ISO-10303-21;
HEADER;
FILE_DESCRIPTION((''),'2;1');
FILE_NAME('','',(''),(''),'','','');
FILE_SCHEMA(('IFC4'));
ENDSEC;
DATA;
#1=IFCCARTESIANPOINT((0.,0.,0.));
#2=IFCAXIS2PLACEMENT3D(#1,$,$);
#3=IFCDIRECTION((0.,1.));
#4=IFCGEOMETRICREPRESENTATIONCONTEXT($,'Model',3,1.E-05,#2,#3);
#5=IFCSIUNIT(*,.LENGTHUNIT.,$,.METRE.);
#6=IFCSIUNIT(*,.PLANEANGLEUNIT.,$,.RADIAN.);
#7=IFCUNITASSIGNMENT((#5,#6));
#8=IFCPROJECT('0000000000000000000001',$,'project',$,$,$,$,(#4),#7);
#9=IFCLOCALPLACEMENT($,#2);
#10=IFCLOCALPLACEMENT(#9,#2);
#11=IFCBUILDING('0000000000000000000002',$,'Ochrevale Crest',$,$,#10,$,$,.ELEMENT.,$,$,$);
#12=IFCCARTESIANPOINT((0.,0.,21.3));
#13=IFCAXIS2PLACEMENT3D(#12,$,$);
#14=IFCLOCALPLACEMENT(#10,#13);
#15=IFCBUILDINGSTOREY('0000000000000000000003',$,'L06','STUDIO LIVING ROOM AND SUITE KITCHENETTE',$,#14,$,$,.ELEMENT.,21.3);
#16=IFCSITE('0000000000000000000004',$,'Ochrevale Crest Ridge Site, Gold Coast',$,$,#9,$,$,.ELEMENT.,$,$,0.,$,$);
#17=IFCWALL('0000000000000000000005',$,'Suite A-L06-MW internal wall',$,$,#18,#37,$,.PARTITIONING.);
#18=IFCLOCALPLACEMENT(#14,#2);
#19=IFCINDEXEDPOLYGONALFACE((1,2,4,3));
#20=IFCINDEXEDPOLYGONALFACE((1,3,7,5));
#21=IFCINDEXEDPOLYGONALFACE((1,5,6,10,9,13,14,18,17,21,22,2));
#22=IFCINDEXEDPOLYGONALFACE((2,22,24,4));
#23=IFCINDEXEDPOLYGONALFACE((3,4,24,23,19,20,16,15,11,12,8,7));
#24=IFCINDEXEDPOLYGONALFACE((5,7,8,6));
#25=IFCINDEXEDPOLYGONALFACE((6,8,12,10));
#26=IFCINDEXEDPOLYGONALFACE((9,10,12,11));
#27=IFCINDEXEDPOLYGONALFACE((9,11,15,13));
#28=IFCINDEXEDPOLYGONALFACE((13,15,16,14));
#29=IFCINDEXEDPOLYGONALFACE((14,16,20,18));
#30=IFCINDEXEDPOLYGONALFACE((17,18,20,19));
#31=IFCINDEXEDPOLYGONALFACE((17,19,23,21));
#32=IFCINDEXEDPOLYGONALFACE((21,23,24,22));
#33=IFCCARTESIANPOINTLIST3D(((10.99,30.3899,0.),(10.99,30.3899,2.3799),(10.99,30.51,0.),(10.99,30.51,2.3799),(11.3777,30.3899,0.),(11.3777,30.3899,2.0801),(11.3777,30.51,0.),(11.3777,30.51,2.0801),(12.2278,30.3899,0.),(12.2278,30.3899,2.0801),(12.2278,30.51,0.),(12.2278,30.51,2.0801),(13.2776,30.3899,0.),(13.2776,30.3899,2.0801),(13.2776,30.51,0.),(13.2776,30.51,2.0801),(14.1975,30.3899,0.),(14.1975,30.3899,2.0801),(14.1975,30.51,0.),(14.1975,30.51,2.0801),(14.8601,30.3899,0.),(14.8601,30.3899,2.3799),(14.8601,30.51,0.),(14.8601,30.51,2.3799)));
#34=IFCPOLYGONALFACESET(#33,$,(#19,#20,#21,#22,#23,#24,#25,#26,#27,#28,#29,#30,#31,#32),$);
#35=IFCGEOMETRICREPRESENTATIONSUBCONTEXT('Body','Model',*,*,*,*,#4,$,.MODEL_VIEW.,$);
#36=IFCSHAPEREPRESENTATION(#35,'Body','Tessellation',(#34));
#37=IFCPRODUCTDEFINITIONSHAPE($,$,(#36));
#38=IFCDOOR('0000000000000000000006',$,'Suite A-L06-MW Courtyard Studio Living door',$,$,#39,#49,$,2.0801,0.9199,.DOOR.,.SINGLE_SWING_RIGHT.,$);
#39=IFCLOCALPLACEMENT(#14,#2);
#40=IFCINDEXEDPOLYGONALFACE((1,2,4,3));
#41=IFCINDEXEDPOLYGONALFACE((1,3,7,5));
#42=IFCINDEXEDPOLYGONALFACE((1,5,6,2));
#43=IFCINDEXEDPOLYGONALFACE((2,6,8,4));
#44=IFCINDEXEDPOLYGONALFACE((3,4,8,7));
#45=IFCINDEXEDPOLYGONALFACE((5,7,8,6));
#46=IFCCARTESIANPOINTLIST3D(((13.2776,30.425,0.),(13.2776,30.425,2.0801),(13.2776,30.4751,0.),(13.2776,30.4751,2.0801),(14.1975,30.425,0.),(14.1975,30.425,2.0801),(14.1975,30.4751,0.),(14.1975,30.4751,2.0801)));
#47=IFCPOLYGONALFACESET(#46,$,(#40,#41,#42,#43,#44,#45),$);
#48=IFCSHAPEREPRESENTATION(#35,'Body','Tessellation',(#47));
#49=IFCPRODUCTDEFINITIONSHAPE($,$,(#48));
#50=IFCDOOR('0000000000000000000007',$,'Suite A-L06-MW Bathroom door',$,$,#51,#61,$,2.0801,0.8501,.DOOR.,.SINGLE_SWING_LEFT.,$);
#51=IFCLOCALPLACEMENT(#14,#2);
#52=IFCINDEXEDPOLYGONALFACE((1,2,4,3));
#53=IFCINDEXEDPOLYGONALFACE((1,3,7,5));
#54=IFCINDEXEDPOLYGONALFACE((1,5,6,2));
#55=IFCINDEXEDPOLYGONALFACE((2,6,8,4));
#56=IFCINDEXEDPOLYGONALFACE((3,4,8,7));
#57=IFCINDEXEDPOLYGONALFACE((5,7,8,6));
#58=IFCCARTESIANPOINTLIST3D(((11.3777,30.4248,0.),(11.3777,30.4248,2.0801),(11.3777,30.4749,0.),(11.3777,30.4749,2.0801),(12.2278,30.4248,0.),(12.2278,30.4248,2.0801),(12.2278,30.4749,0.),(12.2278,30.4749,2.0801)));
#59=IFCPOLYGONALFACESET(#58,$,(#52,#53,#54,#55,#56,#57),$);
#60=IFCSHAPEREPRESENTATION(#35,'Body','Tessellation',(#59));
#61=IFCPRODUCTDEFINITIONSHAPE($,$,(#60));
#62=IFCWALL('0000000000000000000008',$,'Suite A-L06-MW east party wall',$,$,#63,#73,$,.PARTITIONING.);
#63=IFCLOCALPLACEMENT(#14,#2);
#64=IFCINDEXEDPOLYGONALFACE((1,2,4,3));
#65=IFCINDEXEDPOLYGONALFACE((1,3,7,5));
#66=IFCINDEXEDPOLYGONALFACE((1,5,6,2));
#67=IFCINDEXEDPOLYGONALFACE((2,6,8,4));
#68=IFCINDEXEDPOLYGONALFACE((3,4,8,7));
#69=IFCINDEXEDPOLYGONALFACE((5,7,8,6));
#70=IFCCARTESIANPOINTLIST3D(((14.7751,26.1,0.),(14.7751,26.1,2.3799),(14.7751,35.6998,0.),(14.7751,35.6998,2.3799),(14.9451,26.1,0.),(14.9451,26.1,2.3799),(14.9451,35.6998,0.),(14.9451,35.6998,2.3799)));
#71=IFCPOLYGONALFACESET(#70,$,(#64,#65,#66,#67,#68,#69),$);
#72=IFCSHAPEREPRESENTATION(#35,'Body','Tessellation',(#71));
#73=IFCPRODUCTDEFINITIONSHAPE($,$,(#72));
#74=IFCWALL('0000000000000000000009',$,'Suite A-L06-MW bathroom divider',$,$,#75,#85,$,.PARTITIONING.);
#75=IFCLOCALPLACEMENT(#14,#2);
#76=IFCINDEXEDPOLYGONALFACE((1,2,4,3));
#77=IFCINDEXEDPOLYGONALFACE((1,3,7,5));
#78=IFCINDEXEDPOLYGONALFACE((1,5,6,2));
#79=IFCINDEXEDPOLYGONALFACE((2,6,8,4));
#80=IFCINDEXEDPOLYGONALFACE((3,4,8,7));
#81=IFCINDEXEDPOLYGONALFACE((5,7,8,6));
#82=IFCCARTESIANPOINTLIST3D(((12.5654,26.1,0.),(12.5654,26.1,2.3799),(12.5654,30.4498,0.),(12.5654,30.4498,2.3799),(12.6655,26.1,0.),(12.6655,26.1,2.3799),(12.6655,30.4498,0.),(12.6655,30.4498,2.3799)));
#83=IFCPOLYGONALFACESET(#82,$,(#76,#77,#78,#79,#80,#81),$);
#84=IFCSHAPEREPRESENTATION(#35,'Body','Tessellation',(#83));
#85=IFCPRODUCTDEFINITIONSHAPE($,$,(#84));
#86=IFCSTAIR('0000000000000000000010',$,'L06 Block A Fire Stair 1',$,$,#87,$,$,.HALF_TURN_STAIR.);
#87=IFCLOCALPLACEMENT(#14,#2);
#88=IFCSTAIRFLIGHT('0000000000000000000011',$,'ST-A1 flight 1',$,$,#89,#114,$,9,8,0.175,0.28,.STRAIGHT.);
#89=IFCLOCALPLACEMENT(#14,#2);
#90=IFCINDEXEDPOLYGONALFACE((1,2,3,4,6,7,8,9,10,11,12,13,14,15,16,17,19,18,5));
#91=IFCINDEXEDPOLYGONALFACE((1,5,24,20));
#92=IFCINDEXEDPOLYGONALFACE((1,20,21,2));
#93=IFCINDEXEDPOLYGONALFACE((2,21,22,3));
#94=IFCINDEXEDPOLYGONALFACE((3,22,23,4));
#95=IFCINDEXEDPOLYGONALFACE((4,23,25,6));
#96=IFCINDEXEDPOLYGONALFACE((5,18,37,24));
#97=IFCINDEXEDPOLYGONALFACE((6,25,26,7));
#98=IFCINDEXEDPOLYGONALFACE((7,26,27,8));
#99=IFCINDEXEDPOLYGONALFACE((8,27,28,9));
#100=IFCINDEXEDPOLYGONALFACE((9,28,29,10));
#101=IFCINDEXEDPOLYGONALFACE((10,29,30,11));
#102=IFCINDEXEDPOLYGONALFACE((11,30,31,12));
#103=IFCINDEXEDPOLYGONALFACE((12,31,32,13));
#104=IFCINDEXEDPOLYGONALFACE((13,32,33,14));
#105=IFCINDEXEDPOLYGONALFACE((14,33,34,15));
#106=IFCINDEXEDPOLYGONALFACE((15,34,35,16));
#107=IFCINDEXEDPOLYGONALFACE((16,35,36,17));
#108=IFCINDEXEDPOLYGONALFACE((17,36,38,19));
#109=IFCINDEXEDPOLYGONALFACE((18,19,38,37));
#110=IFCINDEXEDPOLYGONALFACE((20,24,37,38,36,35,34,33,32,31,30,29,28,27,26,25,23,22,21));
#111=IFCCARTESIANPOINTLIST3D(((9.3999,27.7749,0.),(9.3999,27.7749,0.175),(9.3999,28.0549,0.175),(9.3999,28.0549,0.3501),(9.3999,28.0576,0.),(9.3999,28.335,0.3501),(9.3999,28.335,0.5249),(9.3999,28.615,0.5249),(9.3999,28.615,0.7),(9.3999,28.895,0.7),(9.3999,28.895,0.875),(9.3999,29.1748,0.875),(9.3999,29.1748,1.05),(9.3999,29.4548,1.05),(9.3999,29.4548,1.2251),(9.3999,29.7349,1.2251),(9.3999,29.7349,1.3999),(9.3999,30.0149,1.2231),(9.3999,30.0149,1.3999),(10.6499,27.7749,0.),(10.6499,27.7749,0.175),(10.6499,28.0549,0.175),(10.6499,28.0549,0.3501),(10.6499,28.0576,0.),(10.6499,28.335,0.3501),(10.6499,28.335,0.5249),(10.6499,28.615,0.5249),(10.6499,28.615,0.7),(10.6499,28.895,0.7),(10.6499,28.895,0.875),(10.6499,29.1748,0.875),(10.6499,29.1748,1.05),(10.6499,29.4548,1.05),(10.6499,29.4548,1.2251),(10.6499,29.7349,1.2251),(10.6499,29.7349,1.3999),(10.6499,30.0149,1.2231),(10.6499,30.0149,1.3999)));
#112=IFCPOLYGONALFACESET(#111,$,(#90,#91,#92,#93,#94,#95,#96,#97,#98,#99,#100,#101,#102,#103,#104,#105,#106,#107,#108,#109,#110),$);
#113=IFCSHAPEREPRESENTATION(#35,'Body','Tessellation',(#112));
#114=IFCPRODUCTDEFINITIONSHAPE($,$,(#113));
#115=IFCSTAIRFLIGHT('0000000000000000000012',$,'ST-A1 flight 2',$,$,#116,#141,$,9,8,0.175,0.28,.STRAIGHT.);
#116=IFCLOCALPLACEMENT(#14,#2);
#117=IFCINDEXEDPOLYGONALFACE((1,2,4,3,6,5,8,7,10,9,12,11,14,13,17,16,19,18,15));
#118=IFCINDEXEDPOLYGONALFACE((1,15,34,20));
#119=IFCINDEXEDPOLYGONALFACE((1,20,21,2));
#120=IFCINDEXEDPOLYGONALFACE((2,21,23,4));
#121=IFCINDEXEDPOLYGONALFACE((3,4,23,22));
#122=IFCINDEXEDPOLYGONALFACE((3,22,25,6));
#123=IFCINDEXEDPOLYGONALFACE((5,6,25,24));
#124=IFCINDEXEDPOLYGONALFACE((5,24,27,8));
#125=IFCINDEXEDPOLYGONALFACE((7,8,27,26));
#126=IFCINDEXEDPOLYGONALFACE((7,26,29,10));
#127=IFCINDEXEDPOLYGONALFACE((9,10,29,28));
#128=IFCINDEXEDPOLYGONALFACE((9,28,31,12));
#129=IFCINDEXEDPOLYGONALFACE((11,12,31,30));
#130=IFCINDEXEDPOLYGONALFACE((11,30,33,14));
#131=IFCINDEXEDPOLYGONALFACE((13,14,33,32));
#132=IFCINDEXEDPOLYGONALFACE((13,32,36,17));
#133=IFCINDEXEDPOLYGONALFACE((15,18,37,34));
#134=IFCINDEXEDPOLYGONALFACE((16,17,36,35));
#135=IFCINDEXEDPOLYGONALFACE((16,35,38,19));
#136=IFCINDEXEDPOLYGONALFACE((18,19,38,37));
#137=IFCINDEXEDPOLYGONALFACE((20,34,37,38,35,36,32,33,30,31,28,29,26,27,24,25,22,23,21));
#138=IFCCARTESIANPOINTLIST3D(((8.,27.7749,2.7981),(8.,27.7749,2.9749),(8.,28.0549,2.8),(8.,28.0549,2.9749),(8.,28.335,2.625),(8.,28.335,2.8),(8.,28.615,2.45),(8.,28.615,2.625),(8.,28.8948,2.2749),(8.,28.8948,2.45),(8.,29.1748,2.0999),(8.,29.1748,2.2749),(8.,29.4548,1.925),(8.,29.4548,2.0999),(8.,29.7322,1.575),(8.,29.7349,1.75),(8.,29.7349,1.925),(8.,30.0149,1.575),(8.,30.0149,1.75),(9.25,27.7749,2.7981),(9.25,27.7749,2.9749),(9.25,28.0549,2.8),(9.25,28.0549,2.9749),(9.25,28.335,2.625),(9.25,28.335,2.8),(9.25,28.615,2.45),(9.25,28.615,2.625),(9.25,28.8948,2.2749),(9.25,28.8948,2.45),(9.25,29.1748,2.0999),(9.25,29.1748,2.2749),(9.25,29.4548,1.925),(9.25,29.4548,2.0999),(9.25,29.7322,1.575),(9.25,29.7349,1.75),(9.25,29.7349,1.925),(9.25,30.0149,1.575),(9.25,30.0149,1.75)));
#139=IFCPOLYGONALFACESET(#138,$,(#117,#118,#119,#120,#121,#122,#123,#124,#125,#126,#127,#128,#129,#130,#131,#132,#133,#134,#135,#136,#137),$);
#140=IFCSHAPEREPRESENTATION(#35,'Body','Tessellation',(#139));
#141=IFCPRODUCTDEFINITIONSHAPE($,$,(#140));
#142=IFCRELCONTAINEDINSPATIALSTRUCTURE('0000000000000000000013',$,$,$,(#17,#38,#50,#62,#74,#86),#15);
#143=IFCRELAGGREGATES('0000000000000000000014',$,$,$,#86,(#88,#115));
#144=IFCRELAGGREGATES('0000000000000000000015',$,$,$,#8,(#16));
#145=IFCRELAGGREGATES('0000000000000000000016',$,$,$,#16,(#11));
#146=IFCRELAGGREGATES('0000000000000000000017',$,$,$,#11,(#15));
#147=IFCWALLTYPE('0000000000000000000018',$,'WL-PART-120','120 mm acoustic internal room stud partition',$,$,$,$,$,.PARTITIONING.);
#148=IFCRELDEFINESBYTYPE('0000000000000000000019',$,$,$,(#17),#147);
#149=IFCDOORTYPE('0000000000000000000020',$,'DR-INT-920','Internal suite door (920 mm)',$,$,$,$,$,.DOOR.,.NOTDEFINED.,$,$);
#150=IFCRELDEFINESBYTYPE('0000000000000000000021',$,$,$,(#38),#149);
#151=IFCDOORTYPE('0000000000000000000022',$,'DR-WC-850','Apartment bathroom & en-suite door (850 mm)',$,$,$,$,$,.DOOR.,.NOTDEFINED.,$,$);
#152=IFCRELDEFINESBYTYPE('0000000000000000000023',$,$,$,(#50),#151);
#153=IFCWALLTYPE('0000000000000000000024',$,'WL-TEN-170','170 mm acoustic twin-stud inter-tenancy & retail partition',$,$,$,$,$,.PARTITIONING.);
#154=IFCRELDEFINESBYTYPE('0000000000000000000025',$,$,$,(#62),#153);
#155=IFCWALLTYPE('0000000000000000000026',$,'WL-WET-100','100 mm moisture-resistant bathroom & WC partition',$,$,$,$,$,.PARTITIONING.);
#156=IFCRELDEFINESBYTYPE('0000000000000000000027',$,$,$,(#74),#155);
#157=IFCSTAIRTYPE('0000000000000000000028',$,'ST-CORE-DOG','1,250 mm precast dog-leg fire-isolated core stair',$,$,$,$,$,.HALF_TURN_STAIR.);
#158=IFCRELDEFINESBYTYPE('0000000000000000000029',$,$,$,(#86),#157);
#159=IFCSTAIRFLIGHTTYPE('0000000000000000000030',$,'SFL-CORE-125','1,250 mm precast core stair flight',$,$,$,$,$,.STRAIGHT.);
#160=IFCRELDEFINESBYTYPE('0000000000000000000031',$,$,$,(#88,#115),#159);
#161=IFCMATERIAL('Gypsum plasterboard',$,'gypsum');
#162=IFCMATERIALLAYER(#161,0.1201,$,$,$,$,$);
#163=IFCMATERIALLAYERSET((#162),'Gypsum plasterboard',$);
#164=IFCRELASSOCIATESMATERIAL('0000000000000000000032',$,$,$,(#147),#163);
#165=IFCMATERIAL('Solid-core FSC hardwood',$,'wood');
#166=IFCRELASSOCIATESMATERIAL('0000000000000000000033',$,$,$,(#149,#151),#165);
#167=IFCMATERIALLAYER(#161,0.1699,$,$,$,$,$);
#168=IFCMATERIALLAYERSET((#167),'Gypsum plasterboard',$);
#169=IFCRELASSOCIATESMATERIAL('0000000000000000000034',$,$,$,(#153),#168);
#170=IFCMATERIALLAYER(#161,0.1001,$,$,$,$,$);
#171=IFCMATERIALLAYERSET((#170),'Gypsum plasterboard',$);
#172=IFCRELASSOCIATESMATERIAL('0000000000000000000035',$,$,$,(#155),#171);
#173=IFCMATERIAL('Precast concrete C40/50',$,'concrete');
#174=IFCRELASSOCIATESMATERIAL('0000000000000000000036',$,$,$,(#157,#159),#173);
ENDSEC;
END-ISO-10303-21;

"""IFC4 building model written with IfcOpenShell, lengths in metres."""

from ifc_helpers import new_model, si_unit, direction, frame, frame_2d, origin, place, context, subcontext, project, spatial, polyline, rectangle, outline, extrude, material, layer, layer_set, type_object, element, fill, aggregate, save


model = new_model("IFC4")

# Units and contexts
model_context = context("Model", 3, precision=1e-05, world=origin(), true_north=direction((0.0, 1.0)))
body_context = subcontext(model_context, "Body", "Model", "MODEL_VIEW")
ifc_project = project(units=[si_unit("LENGTHUNIT", "METRE"), si_unit("PLANEANGLEUNIT", "RADIAN")], contexts=[model_context])

# Site, building, storey
site_placement = place(None, origin())
site = spatial("IfcSite", under=ifc_project, at=site_placement, Name="Ochrevale Crest Ridge Site, Gold Coast", CompositionType="ELEMENT", RefElevation=0.0)
building_placement = place(site_placement, origin())
building = spatial("IfcBuilding", under=site, at=building_placement, Name="Ochrevale Crest", CompositionType="ELEMENT")
storey_placement = place(building_placement, frame((0.0, 0.0, 21.3)))
storey = spatial("IfcBuildingStorey", under=building, at=storey_placement, Name="L06", Description="STUDIO LIVING ROOM AND SUITE KITCHENETTE", CompositionType="ELEMENT", Elevation=21.3)

# Shared definitions
ifc_material_1 = material(Name="Gypsum plasterboard", Category="gypsum")
ifc_material_2 = material(Name="Solid-core FSC hardwood", Category="wood")

# Wall, openings, doors
ifc_layer_1 = layer(ifc_material_1, 0.1201)
ifc_layer_set_1 = layer_set([ifc_layer_1], Name="Gypsum plasterboard")
wall_type_1 = type_object("IfcWallType", Name="WL-PART-120", Description="120 mm acoustic internal room stud partition", PredefinedType="PARTITIONING", material=ifc_layer_set_1)
wall_1_placement = place(storey_placement, frame((10.99, 30.45, 0.0), z_axis=(0.0, 0.0, 1.0), x_axis=(1.0, 0.0, 0.0)))
wall_1 = element("IfcWall", 1, at=wall_1_placement, inside=storey, type_object=wall_type_1, Name="Suite A-L06-MW internal wall", PredefinedType="PARTITIONING", context=body_context, shape_type="SweptSolid", body=[
    extrude(rectangle(XDim=3.8701, YDim=0.1201, at=frame_2d((1.9351, 0.0))), origin(), (0.0, 0.0, 1.0), 2.3799),
])
opening_1_placement = place(wall_1_placement, frame((0.3877, 0.0, 0.0)))
opening_1 = element("IfcOpeningElement", 2, at=opening_1_placement, cuts=wall_1, PredefinedType="OPENING", context=body_context, shape_type="SweptSolid", body=[
    extrude(rectangle(XDim=0.8501, YDim=2.0801, at=frame_2d((0.425, 1.04))), frame((0.0, 0.0701, 0.0), z_axis=(0.0, -1.0, 0.0), x_axis=(1.0, 0.0, 0.0)), (0.0, 0.0, 1.0), 0.1401),
])
opening_2_placement = place(wall_1_placement, frame((3.2075, 0.0, 0.0), z_axis=(0.0, 0.0, 1.0), x_axis=(-1.0, 0.0, 0.0)))
opening_2 = element("IfcOpeningElement", 3, at=opening_2_placement, cuts=wall_1, PredefinedType="OPENING", context=body_context, shape_type="SweptSolid", body=[
    extrude(rectangle(XDim=0.9199, YDim=2.0801, at=frame_2d((0.46, 1.04))), frame((0.0, 0.0701, 0.0), z_axis=(0.0, -1.0, 0.0), x_axis=(1.0, 0.0, 0.0)), (0.0, 0.0, 1.0), 0.1401),
])
door_type_1 = type_object("IfcDoorType", Name="DR-INT-920", Description="Internal suite door (920 mm)", OperationType="NOTDEFINED", PredefinedType="DOOR", material=ifc_material_2)
door_1_placement = place(opening_2_placement, origin())
door_1 = element("IfcDoor", 4, at=door_1_placement, inside=storey, type_object=door_type_1, Name="Suite A-L06-MW Courtyard Studio Living door", OperationType="SINGLE_SWING_RIGHT", OverallHeight=2.0801, OverallWidth=0.9199, PredefinedType="DOOR", context=body_context, shape_type="SweptSolid", body=[
    extrude(rectangle(XDim=0.9199, YDim=2.0801, at=frame_2d((0.46, 1.04))), frame((0.0, 0.0249, 0.0), z_axis=(0.0, -1.0, 0.0), x_axis=(1.0, 0.0, 0.0)), (0.0, 0.0, 1.0), 0.05),
])
fill(opening_2, door_1)
door_type_2 = type_object("IfcDoorType", Name="DR-WC-850", Description="Apartment bathroom & en-suite door (850 mm)", OperationType="NOTDEFINED", PredefinedType="DOOR", material=ifc_material_2)
door_2_placement = place(opening_1_placement, origin())
door_2 = element("IfcDoor", 5, at=door_2_placement, inside=storey, type_object=door_type_2, Name="Suite A-L06-MW Bathroom door", OperationType="SINGLE_SWING_LEFT", OverallHeight=2.0801, OverallWidth=0.8501, PredefinedType="DOOR", context=body_context, shape_type="SweptSolid", body=[
    extrude(rectangle(XDim=0.8501, YDim=2.0801, at=frame_2d((0.425, 1.04))), frame((0.0, 0.0249, 0.0), z_axis=(0.0, -1.0, 0.0), x_axis=(1.0, 0.0, 0.0)), (0.0, 0.0, 1.0), 0.05),
])
fill(opening_1, door_2)

# Walls
ifc_layer_2 = layer(ifc_material_1, 0.1699)
ifc_layer_set_2 = layer_set([ifc_layer_2], Name="Gypsum plasterboard")
wall_type_2 = type_object("IfcWallType", Name="WL-TEN-170", Description="170 mm acoustic twin-stud inter-tenancy & retail partition", PredefinedType="PARTITIONING", material=ifc_layer_set_2)
wall_2_placement = place(storey_placement, frame((14.8601, 26.1001, 0.0), z_axis=(0.0, 0.0, 1.0), x_axis=(0.0, 1.0, 0.0)))
element("IfcWall", 6, at=wall_2_placement, inside=storey, type_object=wall_type_2, Name="Suite A-L06-MW east party wall", PredefinedType="PARTITIONING", context=body_context, shape_type="SweptSolid", body=[
    extrude(rectangle(XDim=9.5999, YDim=0.1699, at=frame_2d((4.7998, 0.0))), origin(), (0.0, 0.0, 1.0), 2.3799),
])
ifc_layer_3 = layer(ifc_material_1, 0.1001)
ifc_layer_set_3 = layer_set([ifc_layer_3], Name="Gypsum plasterboard")
wall_type_3 = type_object("IfcWallType", Name="WL-WET-100", Description="100 mm moisture-resistant bathroom & WC partition", PredefinedType="PARTITIONING", material=ifc_layer_set_3)
wall_3_placement = place(storey_placement, frame((12.6155, 26.1001, 0.0), z_axis=(0.0, 0.0, 1.0), x_axis=(0.0, 1.0, 0.0)))
element("IfcWall", 7, at=wall_3_placement, inside=storey, type_object=wall_type_3, Name="Suite A-L06-MW bathroom divider", PredefinedType="PARTITIONING", context=body_context, shape_type="SweptSolid", body=[
    extrude(rectangle(XDim=4.3499, YDim=0.1001, at=frame_2d((2.1748, 0.0))), origin(), (0.0, 0.0, 1.0), 2.3799),
])

# Stair, stair flights
ifc_material_3 = material(Name="Precast concrete C40/50", Category="concrete")
stair_type = type_object("IfcStairType", Name="ST-CORE-DOG", Description="1,250 mm precast dog-leg fire-isolated core stair", PredefinedType="HALF_TURN_STAIR", material=ifc_material_3)
stair_placement = place(storey_placement, origin())
stair = element("IfcStair", 8, at=stair_placement, inside=storey, type_object=stair_type, Name="L06 Block A Fire Stair 1", PredefinedType="HALF_TURN_STAIR")
stair_flight_type = type_object("IfcStairFlightType", Name="SFL-CORE-125", Description="1,250 mm precast core stair flight", PredefinedType="STRAIGHT", material=ifc_material_3)
stair_flight_1_placement = place(storey_placement, frame((10.0249, 27.7749, 0.0), z_axis=(0.0, 0.0, 1.0), x_axis=(0.0, 1.0, 0.0)))
stair_flight_1 = element("IfcStairFlight", 9, at=stair_flight_1_placement, type_object=stair_flight_type, Name="ST-A1 flight 1", NumberOfRisers=9, NumberOfTreads=8, PredefinedType="STRAIGHT", RiserHeight=0.175, TreadLength=0.28, context=body_context, shape_type="SweptSolid", body=[
    extrude(outline(polyline([(0.0, 0.0), (0.0, 0.175), (0.28, 0.175), (0.28, 0.3501), (0.5601, 0.3501), (0.5601, 0.5249), (0.8401, 0.5249), (0.8401, 0.7), (1.1201, 0.7), (1.1201, 0.875), (1.3999, 0.875), (1.3999, 1.05), (1.6799, 1.05), (1.6799, 1.2251), (1.96, 1.2251), (1.96, 1.3999), (2.24, 1.3999), (2.24, 1.575), (2.24, 1.2231), (0.2827, 0.0), (0.0, 0.0)])), frame((0.0, 0.625, 0.0), z_axis=(0.0, -1.0, 0.0), x_axis=(1.0, 0.0, 0.0)), (0.0, 0.0, 1.0), 1.25),
])
stair_flight_2_placement = place(storey_placement, frame((8.625, 30.0149, 1.575), z_axis=(0.0, 0.0, 1.0), x_axis=(0.0, -1.0, 0.0)))
stair_flight_2 = element("IfcStairFlight", 10, at=stair_flight_2_placement, type_object=stair_flight_type, Name="ST-A1 flight 2", NumberOfRisers=9, NumberOfTreads=8, PredefinedType="STRAIGHT", RiserHeight=0.175, TreadLength=0.28, context=body_context, shape_type="SweptSolid", body=[
    extrude(outline(polyline([(0.0, 0.0), (0.0, 0.175), (0.28, 0.175), (0.28, 0.3501), (0.5601, 0.3501), (0.5601, 0.5249), (0.8401, 0.5249), (0.8401, 0.7), (1.1201, 0.7), (1.1201, 0.875), (1.3999, 0.875), (1.3999, 1.05), (1.6799, 1.05), (1.6799, 1.2251), (1.96, 1.2251), (1.96, 1.3999), (2.24, 1.3999), (2.24, 1.575), (2.24, 1.2231), (0.2827, 0.0), (0.0, 0.0)])), frame((0.0, 0.625, 0.0), z_axis=(0.0, -1.0, 0.0), x_axis=(1.0, 0.0, 0.0)), (0.0, 0.0, 1.0), 1.25),
])
aggregate(stair, [stair_flight_1, stair_flight_2])

save(model, "model.ifc")
